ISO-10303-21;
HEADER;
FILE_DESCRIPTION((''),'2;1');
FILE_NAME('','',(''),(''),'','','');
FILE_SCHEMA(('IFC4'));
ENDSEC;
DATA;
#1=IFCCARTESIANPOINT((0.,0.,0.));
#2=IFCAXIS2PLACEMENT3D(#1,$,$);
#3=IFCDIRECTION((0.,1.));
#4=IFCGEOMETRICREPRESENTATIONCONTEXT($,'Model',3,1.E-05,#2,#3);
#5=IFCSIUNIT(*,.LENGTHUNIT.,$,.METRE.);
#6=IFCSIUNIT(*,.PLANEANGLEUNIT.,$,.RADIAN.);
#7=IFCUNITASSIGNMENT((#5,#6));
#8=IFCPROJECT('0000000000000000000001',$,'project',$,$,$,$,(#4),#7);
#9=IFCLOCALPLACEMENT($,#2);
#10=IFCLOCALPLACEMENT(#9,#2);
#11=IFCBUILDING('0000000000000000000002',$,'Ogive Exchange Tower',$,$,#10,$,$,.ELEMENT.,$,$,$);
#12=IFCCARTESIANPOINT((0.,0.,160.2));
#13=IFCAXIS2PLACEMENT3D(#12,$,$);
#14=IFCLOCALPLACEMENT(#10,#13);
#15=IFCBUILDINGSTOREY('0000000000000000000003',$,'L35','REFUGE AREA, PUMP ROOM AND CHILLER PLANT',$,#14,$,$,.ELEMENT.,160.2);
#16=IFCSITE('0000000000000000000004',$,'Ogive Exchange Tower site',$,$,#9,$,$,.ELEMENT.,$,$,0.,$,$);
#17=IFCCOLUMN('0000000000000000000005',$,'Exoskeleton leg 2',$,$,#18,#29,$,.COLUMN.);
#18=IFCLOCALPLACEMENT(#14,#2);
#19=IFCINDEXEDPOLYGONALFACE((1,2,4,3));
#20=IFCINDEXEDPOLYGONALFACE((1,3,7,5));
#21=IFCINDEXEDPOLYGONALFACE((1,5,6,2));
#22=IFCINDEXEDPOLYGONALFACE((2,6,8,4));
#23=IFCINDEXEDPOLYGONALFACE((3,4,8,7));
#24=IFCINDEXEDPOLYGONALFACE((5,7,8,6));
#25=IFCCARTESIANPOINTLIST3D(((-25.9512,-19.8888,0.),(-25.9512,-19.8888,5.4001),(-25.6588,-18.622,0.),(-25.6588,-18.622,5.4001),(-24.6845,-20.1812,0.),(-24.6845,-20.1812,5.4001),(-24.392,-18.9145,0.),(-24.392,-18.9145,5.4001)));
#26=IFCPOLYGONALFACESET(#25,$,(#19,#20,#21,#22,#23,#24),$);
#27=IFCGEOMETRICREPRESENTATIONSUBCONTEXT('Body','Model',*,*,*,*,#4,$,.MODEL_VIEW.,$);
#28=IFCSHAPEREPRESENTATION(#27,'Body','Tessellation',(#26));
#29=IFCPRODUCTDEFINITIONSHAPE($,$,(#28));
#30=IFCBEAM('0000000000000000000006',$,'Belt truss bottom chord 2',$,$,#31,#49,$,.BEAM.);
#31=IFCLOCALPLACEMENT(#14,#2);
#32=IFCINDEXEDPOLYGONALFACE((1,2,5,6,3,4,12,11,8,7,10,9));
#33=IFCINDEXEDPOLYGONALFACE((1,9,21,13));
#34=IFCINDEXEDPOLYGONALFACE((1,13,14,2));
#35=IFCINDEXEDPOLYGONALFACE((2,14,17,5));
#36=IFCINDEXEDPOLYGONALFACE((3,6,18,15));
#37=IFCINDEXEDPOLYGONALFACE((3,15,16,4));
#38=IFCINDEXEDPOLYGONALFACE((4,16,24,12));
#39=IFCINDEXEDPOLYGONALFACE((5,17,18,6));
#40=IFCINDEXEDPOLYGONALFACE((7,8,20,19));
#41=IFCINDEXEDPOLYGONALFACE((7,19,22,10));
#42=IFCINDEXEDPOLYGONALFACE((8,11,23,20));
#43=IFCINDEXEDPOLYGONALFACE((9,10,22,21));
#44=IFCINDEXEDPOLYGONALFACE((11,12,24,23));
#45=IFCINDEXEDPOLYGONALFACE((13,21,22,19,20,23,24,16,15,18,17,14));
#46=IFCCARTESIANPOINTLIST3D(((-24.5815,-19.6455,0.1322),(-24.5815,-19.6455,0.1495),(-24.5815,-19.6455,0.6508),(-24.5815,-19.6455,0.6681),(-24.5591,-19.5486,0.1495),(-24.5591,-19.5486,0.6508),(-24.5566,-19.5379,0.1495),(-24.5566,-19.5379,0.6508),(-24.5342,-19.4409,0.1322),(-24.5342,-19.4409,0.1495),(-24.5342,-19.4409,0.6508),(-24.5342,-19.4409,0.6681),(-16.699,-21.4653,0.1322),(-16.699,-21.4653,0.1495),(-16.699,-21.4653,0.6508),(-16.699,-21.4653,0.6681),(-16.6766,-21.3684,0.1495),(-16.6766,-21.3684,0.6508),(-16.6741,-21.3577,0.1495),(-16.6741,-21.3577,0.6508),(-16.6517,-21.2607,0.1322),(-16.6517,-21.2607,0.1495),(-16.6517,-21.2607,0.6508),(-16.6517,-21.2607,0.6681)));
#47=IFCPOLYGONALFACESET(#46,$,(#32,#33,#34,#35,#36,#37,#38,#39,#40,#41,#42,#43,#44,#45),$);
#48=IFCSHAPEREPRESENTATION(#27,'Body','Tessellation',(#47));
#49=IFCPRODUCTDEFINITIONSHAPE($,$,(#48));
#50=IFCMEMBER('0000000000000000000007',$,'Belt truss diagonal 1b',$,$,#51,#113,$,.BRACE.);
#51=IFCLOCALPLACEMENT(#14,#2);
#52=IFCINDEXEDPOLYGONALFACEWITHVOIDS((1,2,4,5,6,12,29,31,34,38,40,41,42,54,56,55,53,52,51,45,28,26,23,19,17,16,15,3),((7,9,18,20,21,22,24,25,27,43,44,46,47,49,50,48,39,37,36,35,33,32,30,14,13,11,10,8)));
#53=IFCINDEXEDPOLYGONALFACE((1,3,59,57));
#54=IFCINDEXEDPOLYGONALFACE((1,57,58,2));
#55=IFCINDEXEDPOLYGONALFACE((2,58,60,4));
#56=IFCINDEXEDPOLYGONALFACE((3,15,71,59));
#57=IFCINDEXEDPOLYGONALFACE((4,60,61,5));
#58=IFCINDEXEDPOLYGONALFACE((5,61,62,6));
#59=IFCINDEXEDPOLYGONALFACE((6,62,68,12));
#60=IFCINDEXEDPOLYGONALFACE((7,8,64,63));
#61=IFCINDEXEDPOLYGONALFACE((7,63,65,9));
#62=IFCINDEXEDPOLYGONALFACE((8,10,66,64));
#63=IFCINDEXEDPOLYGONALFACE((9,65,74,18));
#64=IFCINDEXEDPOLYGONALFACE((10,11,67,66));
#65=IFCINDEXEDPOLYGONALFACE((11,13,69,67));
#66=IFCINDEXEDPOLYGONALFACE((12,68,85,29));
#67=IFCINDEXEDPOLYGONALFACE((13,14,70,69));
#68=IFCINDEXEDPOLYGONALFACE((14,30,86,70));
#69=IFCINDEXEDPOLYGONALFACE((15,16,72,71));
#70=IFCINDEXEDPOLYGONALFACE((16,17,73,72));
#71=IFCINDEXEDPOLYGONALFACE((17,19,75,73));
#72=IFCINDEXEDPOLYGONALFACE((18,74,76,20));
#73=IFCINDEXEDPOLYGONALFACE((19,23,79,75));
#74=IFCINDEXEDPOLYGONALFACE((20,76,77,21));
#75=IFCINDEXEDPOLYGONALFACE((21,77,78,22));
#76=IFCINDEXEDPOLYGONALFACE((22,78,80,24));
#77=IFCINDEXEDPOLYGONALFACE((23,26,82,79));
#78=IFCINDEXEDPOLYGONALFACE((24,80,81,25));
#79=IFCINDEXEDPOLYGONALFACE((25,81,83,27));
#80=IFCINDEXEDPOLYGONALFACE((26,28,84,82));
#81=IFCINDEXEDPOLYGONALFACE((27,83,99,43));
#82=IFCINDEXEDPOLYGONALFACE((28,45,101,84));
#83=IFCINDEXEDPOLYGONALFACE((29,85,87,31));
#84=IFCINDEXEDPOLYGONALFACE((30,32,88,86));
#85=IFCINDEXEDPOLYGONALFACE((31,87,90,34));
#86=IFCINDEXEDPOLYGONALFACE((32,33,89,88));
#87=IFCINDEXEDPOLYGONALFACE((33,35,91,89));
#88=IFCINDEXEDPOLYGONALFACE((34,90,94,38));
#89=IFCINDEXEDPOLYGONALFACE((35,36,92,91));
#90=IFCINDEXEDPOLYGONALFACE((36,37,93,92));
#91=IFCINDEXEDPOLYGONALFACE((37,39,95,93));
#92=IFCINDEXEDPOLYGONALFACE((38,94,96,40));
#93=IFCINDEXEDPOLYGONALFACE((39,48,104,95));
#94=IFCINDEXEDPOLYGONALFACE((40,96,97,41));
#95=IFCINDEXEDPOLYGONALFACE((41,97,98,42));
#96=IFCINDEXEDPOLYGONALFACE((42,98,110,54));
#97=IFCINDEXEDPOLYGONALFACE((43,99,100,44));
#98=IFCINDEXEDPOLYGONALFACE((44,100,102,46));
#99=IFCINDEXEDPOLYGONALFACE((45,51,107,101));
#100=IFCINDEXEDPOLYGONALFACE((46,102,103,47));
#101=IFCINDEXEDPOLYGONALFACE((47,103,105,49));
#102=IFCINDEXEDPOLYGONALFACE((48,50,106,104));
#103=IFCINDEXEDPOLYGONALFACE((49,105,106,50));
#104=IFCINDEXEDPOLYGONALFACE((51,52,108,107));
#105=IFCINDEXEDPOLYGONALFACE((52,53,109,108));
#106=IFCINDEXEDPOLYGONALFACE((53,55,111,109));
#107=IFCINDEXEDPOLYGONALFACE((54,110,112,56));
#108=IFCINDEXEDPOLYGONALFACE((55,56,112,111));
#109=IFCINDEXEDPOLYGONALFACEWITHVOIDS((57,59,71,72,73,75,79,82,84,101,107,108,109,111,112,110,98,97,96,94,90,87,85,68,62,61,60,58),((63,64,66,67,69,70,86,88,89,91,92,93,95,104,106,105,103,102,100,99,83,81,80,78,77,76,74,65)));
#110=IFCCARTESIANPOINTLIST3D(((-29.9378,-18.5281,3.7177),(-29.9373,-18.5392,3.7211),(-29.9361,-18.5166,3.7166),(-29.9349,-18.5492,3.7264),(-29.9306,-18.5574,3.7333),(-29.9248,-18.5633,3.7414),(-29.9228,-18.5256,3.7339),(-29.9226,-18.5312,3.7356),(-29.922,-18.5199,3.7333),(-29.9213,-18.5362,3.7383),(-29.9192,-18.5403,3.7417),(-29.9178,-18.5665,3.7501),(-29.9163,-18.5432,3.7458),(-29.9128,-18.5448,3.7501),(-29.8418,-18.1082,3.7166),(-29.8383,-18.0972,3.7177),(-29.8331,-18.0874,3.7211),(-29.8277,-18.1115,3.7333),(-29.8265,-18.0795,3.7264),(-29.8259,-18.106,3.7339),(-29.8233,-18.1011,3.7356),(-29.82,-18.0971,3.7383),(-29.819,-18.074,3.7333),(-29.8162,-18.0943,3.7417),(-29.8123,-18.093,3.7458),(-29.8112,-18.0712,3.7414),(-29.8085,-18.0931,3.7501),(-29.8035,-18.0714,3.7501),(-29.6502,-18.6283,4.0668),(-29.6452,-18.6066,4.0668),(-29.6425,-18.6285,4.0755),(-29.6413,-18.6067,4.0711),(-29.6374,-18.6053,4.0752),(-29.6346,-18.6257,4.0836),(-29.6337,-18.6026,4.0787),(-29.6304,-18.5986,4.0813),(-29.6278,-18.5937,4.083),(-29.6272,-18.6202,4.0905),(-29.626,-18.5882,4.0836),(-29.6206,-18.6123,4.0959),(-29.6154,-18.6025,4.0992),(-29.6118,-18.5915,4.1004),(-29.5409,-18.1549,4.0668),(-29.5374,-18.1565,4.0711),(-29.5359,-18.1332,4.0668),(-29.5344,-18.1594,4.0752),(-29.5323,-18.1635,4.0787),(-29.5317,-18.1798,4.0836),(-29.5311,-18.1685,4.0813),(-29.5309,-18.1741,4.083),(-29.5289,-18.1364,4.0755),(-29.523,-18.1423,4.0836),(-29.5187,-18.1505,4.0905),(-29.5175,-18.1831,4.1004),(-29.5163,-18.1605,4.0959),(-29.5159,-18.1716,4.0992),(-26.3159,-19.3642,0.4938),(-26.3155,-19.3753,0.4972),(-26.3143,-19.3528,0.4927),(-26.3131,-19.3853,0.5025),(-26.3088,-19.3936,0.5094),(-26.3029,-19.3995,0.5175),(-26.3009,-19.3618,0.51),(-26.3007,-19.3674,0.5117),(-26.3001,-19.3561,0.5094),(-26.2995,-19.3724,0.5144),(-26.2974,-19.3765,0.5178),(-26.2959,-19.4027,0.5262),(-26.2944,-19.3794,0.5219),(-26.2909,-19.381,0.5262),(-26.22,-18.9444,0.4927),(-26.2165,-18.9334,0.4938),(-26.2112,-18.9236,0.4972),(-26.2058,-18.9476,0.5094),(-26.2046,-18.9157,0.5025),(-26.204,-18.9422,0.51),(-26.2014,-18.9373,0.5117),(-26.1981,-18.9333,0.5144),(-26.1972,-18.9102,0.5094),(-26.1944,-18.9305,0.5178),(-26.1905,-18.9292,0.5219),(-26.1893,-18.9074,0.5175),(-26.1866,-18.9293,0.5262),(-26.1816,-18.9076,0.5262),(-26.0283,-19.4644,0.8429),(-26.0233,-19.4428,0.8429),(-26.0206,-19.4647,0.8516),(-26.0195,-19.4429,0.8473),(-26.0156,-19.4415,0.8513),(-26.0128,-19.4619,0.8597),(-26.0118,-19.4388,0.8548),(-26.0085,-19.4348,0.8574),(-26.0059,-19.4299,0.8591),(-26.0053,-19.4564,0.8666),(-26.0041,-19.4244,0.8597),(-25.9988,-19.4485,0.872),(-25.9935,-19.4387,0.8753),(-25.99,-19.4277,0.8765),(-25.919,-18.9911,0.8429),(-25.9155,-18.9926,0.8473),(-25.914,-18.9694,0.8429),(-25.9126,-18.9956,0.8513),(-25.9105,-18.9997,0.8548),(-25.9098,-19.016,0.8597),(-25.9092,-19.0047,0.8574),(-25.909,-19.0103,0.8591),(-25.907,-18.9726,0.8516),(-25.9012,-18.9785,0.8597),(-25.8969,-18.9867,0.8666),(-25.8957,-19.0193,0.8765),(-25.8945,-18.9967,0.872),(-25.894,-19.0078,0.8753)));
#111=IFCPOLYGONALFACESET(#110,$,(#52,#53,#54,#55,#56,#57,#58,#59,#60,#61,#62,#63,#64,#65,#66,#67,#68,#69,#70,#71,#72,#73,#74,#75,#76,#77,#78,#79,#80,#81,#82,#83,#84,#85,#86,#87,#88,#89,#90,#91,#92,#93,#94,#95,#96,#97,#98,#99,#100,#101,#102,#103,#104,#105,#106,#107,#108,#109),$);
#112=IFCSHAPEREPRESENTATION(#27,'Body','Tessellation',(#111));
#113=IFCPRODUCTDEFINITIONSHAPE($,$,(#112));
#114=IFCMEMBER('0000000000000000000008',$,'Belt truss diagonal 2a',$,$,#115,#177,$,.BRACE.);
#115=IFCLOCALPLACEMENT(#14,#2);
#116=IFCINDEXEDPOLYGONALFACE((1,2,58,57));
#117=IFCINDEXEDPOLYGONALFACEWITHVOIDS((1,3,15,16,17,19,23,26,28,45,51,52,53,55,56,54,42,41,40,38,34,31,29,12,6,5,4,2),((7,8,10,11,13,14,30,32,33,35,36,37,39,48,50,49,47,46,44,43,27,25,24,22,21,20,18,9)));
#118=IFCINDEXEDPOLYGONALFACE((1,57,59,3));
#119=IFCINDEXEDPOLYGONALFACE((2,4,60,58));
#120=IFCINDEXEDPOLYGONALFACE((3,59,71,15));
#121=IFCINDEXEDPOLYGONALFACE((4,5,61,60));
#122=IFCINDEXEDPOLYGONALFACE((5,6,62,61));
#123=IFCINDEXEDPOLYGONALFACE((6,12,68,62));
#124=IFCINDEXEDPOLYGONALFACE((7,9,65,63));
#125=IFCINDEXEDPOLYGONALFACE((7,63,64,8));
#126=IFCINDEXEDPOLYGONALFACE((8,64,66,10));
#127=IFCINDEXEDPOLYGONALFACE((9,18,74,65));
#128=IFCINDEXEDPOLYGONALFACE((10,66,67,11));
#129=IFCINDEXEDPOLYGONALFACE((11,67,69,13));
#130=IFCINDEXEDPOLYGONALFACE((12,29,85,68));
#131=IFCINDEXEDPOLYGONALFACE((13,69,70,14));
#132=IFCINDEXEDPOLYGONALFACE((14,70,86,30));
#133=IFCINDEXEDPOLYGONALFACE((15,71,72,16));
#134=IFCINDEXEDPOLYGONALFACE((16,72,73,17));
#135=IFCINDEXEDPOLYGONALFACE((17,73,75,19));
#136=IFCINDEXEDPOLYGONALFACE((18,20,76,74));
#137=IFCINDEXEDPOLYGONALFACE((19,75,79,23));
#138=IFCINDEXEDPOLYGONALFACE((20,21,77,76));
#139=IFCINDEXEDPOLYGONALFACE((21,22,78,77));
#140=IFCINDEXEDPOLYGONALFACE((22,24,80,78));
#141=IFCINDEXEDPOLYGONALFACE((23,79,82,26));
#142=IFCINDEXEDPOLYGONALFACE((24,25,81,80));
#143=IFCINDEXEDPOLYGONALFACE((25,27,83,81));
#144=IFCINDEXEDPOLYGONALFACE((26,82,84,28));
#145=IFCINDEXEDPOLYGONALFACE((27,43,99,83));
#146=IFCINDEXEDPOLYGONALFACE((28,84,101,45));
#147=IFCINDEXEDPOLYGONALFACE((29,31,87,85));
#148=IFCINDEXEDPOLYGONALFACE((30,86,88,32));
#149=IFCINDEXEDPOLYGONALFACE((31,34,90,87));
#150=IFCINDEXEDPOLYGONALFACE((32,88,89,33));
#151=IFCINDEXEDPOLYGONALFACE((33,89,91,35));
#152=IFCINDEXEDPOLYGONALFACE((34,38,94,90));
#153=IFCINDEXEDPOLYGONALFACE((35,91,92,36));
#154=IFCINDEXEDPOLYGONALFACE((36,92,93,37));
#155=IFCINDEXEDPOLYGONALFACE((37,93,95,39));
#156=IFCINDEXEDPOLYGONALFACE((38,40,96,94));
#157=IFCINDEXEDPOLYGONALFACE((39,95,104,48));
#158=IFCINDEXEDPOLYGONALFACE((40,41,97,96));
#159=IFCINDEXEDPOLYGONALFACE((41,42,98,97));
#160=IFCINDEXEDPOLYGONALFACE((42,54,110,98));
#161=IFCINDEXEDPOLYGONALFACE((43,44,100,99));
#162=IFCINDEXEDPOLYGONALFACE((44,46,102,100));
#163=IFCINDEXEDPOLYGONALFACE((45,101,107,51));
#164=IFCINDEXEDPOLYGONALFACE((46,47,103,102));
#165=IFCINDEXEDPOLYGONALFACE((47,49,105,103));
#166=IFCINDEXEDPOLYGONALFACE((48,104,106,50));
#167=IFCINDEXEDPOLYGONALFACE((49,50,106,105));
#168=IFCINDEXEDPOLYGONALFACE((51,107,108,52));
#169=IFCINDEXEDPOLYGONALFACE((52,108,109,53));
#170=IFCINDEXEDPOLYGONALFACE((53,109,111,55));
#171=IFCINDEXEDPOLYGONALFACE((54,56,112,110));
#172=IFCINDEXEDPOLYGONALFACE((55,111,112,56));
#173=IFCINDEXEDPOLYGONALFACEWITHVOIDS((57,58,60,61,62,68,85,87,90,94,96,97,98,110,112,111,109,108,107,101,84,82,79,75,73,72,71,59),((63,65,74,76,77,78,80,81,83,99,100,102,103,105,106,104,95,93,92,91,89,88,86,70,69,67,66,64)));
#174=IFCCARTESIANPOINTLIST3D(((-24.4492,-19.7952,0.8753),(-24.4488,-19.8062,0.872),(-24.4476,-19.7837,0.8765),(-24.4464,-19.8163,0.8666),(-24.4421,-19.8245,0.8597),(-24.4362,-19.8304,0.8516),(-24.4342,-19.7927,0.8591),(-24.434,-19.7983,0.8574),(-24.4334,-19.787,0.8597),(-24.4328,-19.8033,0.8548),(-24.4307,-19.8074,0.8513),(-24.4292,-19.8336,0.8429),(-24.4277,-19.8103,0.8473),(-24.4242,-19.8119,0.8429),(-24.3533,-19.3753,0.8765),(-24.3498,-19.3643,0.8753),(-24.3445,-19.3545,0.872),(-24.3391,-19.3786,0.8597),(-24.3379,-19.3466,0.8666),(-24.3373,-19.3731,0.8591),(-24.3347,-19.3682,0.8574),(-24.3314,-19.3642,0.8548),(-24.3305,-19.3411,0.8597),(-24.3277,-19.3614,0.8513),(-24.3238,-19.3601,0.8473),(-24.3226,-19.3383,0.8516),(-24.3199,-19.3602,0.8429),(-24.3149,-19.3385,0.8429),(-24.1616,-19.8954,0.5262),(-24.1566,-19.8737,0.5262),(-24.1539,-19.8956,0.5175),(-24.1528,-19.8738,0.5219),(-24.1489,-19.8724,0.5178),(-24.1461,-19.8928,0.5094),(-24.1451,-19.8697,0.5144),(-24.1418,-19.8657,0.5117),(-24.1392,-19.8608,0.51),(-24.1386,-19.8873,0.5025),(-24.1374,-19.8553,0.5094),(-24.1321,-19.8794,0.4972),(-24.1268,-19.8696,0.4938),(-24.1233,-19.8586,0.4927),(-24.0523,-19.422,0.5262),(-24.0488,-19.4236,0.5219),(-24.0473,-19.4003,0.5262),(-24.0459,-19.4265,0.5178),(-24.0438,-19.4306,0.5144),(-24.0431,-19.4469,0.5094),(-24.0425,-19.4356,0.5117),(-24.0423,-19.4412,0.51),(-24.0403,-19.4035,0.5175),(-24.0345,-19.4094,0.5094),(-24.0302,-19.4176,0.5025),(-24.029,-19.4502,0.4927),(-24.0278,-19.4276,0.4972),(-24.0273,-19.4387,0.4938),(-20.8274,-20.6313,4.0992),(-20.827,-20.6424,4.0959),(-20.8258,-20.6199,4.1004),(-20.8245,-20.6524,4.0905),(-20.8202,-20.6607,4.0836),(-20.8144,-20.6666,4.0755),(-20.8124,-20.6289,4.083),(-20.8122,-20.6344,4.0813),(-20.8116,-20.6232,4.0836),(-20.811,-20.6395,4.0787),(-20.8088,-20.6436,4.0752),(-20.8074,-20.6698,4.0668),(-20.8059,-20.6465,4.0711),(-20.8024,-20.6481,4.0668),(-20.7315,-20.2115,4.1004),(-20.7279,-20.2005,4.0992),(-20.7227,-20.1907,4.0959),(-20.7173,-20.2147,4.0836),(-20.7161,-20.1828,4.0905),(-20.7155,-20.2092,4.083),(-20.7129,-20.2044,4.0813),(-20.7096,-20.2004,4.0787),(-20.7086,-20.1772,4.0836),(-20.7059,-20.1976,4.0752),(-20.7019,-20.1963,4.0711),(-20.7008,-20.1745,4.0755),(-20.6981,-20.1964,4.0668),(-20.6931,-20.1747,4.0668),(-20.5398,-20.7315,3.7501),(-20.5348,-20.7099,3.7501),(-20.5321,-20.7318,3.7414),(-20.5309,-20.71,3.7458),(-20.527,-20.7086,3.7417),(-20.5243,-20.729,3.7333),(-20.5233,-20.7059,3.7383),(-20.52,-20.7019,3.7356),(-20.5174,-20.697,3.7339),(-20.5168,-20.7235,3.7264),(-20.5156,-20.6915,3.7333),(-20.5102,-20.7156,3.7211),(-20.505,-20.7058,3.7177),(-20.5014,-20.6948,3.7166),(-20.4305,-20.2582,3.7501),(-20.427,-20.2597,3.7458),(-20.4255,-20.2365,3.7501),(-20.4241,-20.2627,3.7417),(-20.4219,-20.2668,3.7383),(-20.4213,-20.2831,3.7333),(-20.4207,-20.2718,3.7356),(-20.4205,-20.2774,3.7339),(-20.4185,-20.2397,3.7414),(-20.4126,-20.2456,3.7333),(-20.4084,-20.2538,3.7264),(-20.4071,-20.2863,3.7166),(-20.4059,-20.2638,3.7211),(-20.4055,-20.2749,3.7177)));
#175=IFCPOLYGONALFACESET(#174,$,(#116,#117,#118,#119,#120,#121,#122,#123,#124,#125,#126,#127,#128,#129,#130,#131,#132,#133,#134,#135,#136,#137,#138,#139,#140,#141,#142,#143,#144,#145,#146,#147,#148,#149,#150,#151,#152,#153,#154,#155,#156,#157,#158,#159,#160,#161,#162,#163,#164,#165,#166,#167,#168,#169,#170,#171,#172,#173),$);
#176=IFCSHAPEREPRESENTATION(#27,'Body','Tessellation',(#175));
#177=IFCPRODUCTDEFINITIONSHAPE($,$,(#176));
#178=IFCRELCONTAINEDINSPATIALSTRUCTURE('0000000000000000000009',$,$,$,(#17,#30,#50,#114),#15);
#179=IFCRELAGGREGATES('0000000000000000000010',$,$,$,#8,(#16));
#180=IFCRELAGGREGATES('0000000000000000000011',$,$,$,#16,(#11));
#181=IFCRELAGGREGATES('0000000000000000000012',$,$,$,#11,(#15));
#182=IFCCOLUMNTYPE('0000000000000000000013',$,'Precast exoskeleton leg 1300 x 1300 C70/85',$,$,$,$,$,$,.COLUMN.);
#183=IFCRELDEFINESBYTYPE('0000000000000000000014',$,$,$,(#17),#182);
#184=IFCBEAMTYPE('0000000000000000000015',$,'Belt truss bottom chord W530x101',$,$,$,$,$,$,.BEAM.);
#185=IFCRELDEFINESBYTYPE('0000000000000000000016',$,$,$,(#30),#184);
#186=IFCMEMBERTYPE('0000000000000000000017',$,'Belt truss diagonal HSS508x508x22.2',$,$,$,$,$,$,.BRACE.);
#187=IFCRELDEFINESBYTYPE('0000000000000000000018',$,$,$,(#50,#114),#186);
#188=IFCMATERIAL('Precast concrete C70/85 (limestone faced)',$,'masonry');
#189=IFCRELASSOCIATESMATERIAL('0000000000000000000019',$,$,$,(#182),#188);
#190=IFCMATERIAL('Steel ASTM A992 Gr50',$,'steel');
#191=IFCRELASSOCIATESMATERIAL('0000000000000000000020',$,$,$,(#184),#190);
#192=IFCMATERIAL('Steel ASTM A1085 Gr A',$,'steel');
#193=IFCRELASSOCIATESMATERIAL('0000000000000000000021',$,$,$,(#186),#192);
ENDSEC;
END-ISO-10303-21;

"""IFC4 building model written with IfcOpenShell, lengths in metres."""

from ifc_helpers import new_model, si_unit, direction, frame, origin, origin_2d, place, context, subcontext, project, spatial, rectangle, hollow_rectangle, i_section, extrude, material, material_profile, profile_set, type_object, element, save


model = new_model("IFC4")

# Units and contexts
model_context = context("Model", 3, precision=1e-05, world=origin(), true_north=direction((0.0, 1.0)))
body_context = subcontext(model_context, "Body", "Model", "MODEL_VIEW")
ifc_project = project(units=[si_unit("LENGTHUNIT", "METRE"), si_unit("PLANEANGLEUNIT", "RADIAN")], contexts=[model_context])

# Site, building, storey
site_placement = place(None, origin())
site = spatial("IfcSite", under=ifc_project, at=site_placement, Name="Ogive Exchange Tower site", CompositionType="ELEMENT", RefElevation=0.0)
building_placement = place(site_placement, origin())
building = spatial("IfcBuilding", under=site, at=building_placement, Name="Ogive Exchange Tower", CompositionType="ELEMENT")
storey_placement = place(building_placement, frame((0.0, 0.0, 160.2)))
storey = spatial("IfcBuildingStorey", under=building, at=storey_placement, Name="L35", Description="REFUGE AREA, PUMP ROOM AND CHILLER PLANT", CompositionType="ELEMENT", Elevation=160.2)

# Column
ifc_material_1 = material(Name="Precast concrete C70/85 (limestone faced)", Category="masonry")
ifc_material_profile_1 = material_profile(ifc_material_1, rectangle(XDim=1.3, YDim=1.3, at=origin_2d()), Name="1300 x 1300")
ifc_profile_set_1 = profile_set([ifc_material_profile_1], Name="Precast concrete C70/85 (limestone faced)")
column_type = type_object("IfcColumnType", Name="Precast exoskeleton leg 1300 x 1300 C70/85", PredefinedType="COLUMN", material=ifc_profile_set_1)
column_placement = place(storey_placement, frame((-25.1716, -19.4016, 0.0), z_axis=(0.0, 0.0, 1.0), x_axis=(0.97437, -0.224951, 0.0)))
element("IfcColumn", 1, at=column_placement, inside=storey, type_object=column_type, Name="Exoskeleton leg 2", PredefinedType="COLUMN", context=body_context, shape_type="SweptSolid", body=[
    extrude(rectangle(XDim=1.3, YDim=1.3, at=origin_2d()), origin(), (0.0, 0.0, 1.0), 5.4001),
])

# Beam
ifc_material_2 = material(Name="Steel ASTM A992 Gr50", Category="steel")
ifc_material_profile_2 = material_profile(ifc_material_2, i_section(OverallWidth=0.21, OverallDepth=0.5359, WebThickness=0.011, FlangeThickness=0.0173, at=origin_2d()), Name="W530x101")
ifc_profile_set_2 = profile_set([ifc_material_profile_2], Name="Steel ASTM A992 Gr50")
beam_type_1 = type_object("IfcBeamType", Name="Belt truss bottom chord W530x101", PredefinedType="BEAM", material=ifc_profile_set_2)
beam_1_placement = place(storey_placement, frame((-24.5579, -19.5432, 0.4001), z_axis=(0.97437, -0.22495, 0.0), x_axis=(0.22495, 0.97437, 0.0)))
element("IfcBeam", 2, at=beam_1_placement, inside=storey, type_object=beam_type_1, Name="Belt truss bottom chord 2", PredefinedType="BEAM", context=body_context, shape_type="SweptSolid", body=[
    extrude(i_section(OverallWidth=0.21, OverallDepth=0.5359, WebThickness=0.011, FlangeThickness=0.0173, at=origin_2d()), origin(), (0.0, 0.0, 1.0), 8.0898),
])

# Members
ifc_material_3 = material(Name="Steel ASTM A1085 Gr A", Category="steel")
ifc_material_profile_3 = material_profile(ifc_material_3, hollow_rectangle(XDim=0.5081, YDim=0.5081, WallThickness=0.0222, InnerFilletRadius=0.0222, OuterFilletRadius=0.0444, at=origin_2d()), Name="HSS508x508x22.2")
ifc_profile_set_3 = profile_set([ifc_material_profile_3], Name="Steel ASTM A1085 Gr A")
member_type_1 = type_object("IfcMemberType", Name="Belt truss diagonal HSS508x508x22.2", PredefinedType="BRACE", material=ifc_profile_set_3)
for number, where, z_axis, x_axis, name in (
    (3, (-26.105, -19.186, 0.6846), (-0.736086, 0.169942, 0.655208), (-0.224955, -0.974369, 0.0), "Belt truss diagonal 1b"),
    (4, (-24.2383, -19.6169, 0.6846), (0.736086, -0.169942, 0.655208), (0.224955, 0.974369, 0.0), "Belt truss diagonal 2a"),
):
    element("IfcMember", number, at=place(storey_placement, frame(where, z_axis=z_axis, x_axis=x_axis)), inside=storey, type_object=member_type_1, Name=name, PredefinedType="BRACE", context=body_context, shape_type="SweptSolid", body=[
        extrude(hollow_rectangle(XDim=0.5081, YDim=0.5081, WallThickness=0.0222, InnerFilletRadius=0.0222, OuterFilletRadius=0.0444, at=origin_2d()), origin(), (0.0, 0.0, 1.0), 4.9204),
    ])

save(model, "model.ifc")
